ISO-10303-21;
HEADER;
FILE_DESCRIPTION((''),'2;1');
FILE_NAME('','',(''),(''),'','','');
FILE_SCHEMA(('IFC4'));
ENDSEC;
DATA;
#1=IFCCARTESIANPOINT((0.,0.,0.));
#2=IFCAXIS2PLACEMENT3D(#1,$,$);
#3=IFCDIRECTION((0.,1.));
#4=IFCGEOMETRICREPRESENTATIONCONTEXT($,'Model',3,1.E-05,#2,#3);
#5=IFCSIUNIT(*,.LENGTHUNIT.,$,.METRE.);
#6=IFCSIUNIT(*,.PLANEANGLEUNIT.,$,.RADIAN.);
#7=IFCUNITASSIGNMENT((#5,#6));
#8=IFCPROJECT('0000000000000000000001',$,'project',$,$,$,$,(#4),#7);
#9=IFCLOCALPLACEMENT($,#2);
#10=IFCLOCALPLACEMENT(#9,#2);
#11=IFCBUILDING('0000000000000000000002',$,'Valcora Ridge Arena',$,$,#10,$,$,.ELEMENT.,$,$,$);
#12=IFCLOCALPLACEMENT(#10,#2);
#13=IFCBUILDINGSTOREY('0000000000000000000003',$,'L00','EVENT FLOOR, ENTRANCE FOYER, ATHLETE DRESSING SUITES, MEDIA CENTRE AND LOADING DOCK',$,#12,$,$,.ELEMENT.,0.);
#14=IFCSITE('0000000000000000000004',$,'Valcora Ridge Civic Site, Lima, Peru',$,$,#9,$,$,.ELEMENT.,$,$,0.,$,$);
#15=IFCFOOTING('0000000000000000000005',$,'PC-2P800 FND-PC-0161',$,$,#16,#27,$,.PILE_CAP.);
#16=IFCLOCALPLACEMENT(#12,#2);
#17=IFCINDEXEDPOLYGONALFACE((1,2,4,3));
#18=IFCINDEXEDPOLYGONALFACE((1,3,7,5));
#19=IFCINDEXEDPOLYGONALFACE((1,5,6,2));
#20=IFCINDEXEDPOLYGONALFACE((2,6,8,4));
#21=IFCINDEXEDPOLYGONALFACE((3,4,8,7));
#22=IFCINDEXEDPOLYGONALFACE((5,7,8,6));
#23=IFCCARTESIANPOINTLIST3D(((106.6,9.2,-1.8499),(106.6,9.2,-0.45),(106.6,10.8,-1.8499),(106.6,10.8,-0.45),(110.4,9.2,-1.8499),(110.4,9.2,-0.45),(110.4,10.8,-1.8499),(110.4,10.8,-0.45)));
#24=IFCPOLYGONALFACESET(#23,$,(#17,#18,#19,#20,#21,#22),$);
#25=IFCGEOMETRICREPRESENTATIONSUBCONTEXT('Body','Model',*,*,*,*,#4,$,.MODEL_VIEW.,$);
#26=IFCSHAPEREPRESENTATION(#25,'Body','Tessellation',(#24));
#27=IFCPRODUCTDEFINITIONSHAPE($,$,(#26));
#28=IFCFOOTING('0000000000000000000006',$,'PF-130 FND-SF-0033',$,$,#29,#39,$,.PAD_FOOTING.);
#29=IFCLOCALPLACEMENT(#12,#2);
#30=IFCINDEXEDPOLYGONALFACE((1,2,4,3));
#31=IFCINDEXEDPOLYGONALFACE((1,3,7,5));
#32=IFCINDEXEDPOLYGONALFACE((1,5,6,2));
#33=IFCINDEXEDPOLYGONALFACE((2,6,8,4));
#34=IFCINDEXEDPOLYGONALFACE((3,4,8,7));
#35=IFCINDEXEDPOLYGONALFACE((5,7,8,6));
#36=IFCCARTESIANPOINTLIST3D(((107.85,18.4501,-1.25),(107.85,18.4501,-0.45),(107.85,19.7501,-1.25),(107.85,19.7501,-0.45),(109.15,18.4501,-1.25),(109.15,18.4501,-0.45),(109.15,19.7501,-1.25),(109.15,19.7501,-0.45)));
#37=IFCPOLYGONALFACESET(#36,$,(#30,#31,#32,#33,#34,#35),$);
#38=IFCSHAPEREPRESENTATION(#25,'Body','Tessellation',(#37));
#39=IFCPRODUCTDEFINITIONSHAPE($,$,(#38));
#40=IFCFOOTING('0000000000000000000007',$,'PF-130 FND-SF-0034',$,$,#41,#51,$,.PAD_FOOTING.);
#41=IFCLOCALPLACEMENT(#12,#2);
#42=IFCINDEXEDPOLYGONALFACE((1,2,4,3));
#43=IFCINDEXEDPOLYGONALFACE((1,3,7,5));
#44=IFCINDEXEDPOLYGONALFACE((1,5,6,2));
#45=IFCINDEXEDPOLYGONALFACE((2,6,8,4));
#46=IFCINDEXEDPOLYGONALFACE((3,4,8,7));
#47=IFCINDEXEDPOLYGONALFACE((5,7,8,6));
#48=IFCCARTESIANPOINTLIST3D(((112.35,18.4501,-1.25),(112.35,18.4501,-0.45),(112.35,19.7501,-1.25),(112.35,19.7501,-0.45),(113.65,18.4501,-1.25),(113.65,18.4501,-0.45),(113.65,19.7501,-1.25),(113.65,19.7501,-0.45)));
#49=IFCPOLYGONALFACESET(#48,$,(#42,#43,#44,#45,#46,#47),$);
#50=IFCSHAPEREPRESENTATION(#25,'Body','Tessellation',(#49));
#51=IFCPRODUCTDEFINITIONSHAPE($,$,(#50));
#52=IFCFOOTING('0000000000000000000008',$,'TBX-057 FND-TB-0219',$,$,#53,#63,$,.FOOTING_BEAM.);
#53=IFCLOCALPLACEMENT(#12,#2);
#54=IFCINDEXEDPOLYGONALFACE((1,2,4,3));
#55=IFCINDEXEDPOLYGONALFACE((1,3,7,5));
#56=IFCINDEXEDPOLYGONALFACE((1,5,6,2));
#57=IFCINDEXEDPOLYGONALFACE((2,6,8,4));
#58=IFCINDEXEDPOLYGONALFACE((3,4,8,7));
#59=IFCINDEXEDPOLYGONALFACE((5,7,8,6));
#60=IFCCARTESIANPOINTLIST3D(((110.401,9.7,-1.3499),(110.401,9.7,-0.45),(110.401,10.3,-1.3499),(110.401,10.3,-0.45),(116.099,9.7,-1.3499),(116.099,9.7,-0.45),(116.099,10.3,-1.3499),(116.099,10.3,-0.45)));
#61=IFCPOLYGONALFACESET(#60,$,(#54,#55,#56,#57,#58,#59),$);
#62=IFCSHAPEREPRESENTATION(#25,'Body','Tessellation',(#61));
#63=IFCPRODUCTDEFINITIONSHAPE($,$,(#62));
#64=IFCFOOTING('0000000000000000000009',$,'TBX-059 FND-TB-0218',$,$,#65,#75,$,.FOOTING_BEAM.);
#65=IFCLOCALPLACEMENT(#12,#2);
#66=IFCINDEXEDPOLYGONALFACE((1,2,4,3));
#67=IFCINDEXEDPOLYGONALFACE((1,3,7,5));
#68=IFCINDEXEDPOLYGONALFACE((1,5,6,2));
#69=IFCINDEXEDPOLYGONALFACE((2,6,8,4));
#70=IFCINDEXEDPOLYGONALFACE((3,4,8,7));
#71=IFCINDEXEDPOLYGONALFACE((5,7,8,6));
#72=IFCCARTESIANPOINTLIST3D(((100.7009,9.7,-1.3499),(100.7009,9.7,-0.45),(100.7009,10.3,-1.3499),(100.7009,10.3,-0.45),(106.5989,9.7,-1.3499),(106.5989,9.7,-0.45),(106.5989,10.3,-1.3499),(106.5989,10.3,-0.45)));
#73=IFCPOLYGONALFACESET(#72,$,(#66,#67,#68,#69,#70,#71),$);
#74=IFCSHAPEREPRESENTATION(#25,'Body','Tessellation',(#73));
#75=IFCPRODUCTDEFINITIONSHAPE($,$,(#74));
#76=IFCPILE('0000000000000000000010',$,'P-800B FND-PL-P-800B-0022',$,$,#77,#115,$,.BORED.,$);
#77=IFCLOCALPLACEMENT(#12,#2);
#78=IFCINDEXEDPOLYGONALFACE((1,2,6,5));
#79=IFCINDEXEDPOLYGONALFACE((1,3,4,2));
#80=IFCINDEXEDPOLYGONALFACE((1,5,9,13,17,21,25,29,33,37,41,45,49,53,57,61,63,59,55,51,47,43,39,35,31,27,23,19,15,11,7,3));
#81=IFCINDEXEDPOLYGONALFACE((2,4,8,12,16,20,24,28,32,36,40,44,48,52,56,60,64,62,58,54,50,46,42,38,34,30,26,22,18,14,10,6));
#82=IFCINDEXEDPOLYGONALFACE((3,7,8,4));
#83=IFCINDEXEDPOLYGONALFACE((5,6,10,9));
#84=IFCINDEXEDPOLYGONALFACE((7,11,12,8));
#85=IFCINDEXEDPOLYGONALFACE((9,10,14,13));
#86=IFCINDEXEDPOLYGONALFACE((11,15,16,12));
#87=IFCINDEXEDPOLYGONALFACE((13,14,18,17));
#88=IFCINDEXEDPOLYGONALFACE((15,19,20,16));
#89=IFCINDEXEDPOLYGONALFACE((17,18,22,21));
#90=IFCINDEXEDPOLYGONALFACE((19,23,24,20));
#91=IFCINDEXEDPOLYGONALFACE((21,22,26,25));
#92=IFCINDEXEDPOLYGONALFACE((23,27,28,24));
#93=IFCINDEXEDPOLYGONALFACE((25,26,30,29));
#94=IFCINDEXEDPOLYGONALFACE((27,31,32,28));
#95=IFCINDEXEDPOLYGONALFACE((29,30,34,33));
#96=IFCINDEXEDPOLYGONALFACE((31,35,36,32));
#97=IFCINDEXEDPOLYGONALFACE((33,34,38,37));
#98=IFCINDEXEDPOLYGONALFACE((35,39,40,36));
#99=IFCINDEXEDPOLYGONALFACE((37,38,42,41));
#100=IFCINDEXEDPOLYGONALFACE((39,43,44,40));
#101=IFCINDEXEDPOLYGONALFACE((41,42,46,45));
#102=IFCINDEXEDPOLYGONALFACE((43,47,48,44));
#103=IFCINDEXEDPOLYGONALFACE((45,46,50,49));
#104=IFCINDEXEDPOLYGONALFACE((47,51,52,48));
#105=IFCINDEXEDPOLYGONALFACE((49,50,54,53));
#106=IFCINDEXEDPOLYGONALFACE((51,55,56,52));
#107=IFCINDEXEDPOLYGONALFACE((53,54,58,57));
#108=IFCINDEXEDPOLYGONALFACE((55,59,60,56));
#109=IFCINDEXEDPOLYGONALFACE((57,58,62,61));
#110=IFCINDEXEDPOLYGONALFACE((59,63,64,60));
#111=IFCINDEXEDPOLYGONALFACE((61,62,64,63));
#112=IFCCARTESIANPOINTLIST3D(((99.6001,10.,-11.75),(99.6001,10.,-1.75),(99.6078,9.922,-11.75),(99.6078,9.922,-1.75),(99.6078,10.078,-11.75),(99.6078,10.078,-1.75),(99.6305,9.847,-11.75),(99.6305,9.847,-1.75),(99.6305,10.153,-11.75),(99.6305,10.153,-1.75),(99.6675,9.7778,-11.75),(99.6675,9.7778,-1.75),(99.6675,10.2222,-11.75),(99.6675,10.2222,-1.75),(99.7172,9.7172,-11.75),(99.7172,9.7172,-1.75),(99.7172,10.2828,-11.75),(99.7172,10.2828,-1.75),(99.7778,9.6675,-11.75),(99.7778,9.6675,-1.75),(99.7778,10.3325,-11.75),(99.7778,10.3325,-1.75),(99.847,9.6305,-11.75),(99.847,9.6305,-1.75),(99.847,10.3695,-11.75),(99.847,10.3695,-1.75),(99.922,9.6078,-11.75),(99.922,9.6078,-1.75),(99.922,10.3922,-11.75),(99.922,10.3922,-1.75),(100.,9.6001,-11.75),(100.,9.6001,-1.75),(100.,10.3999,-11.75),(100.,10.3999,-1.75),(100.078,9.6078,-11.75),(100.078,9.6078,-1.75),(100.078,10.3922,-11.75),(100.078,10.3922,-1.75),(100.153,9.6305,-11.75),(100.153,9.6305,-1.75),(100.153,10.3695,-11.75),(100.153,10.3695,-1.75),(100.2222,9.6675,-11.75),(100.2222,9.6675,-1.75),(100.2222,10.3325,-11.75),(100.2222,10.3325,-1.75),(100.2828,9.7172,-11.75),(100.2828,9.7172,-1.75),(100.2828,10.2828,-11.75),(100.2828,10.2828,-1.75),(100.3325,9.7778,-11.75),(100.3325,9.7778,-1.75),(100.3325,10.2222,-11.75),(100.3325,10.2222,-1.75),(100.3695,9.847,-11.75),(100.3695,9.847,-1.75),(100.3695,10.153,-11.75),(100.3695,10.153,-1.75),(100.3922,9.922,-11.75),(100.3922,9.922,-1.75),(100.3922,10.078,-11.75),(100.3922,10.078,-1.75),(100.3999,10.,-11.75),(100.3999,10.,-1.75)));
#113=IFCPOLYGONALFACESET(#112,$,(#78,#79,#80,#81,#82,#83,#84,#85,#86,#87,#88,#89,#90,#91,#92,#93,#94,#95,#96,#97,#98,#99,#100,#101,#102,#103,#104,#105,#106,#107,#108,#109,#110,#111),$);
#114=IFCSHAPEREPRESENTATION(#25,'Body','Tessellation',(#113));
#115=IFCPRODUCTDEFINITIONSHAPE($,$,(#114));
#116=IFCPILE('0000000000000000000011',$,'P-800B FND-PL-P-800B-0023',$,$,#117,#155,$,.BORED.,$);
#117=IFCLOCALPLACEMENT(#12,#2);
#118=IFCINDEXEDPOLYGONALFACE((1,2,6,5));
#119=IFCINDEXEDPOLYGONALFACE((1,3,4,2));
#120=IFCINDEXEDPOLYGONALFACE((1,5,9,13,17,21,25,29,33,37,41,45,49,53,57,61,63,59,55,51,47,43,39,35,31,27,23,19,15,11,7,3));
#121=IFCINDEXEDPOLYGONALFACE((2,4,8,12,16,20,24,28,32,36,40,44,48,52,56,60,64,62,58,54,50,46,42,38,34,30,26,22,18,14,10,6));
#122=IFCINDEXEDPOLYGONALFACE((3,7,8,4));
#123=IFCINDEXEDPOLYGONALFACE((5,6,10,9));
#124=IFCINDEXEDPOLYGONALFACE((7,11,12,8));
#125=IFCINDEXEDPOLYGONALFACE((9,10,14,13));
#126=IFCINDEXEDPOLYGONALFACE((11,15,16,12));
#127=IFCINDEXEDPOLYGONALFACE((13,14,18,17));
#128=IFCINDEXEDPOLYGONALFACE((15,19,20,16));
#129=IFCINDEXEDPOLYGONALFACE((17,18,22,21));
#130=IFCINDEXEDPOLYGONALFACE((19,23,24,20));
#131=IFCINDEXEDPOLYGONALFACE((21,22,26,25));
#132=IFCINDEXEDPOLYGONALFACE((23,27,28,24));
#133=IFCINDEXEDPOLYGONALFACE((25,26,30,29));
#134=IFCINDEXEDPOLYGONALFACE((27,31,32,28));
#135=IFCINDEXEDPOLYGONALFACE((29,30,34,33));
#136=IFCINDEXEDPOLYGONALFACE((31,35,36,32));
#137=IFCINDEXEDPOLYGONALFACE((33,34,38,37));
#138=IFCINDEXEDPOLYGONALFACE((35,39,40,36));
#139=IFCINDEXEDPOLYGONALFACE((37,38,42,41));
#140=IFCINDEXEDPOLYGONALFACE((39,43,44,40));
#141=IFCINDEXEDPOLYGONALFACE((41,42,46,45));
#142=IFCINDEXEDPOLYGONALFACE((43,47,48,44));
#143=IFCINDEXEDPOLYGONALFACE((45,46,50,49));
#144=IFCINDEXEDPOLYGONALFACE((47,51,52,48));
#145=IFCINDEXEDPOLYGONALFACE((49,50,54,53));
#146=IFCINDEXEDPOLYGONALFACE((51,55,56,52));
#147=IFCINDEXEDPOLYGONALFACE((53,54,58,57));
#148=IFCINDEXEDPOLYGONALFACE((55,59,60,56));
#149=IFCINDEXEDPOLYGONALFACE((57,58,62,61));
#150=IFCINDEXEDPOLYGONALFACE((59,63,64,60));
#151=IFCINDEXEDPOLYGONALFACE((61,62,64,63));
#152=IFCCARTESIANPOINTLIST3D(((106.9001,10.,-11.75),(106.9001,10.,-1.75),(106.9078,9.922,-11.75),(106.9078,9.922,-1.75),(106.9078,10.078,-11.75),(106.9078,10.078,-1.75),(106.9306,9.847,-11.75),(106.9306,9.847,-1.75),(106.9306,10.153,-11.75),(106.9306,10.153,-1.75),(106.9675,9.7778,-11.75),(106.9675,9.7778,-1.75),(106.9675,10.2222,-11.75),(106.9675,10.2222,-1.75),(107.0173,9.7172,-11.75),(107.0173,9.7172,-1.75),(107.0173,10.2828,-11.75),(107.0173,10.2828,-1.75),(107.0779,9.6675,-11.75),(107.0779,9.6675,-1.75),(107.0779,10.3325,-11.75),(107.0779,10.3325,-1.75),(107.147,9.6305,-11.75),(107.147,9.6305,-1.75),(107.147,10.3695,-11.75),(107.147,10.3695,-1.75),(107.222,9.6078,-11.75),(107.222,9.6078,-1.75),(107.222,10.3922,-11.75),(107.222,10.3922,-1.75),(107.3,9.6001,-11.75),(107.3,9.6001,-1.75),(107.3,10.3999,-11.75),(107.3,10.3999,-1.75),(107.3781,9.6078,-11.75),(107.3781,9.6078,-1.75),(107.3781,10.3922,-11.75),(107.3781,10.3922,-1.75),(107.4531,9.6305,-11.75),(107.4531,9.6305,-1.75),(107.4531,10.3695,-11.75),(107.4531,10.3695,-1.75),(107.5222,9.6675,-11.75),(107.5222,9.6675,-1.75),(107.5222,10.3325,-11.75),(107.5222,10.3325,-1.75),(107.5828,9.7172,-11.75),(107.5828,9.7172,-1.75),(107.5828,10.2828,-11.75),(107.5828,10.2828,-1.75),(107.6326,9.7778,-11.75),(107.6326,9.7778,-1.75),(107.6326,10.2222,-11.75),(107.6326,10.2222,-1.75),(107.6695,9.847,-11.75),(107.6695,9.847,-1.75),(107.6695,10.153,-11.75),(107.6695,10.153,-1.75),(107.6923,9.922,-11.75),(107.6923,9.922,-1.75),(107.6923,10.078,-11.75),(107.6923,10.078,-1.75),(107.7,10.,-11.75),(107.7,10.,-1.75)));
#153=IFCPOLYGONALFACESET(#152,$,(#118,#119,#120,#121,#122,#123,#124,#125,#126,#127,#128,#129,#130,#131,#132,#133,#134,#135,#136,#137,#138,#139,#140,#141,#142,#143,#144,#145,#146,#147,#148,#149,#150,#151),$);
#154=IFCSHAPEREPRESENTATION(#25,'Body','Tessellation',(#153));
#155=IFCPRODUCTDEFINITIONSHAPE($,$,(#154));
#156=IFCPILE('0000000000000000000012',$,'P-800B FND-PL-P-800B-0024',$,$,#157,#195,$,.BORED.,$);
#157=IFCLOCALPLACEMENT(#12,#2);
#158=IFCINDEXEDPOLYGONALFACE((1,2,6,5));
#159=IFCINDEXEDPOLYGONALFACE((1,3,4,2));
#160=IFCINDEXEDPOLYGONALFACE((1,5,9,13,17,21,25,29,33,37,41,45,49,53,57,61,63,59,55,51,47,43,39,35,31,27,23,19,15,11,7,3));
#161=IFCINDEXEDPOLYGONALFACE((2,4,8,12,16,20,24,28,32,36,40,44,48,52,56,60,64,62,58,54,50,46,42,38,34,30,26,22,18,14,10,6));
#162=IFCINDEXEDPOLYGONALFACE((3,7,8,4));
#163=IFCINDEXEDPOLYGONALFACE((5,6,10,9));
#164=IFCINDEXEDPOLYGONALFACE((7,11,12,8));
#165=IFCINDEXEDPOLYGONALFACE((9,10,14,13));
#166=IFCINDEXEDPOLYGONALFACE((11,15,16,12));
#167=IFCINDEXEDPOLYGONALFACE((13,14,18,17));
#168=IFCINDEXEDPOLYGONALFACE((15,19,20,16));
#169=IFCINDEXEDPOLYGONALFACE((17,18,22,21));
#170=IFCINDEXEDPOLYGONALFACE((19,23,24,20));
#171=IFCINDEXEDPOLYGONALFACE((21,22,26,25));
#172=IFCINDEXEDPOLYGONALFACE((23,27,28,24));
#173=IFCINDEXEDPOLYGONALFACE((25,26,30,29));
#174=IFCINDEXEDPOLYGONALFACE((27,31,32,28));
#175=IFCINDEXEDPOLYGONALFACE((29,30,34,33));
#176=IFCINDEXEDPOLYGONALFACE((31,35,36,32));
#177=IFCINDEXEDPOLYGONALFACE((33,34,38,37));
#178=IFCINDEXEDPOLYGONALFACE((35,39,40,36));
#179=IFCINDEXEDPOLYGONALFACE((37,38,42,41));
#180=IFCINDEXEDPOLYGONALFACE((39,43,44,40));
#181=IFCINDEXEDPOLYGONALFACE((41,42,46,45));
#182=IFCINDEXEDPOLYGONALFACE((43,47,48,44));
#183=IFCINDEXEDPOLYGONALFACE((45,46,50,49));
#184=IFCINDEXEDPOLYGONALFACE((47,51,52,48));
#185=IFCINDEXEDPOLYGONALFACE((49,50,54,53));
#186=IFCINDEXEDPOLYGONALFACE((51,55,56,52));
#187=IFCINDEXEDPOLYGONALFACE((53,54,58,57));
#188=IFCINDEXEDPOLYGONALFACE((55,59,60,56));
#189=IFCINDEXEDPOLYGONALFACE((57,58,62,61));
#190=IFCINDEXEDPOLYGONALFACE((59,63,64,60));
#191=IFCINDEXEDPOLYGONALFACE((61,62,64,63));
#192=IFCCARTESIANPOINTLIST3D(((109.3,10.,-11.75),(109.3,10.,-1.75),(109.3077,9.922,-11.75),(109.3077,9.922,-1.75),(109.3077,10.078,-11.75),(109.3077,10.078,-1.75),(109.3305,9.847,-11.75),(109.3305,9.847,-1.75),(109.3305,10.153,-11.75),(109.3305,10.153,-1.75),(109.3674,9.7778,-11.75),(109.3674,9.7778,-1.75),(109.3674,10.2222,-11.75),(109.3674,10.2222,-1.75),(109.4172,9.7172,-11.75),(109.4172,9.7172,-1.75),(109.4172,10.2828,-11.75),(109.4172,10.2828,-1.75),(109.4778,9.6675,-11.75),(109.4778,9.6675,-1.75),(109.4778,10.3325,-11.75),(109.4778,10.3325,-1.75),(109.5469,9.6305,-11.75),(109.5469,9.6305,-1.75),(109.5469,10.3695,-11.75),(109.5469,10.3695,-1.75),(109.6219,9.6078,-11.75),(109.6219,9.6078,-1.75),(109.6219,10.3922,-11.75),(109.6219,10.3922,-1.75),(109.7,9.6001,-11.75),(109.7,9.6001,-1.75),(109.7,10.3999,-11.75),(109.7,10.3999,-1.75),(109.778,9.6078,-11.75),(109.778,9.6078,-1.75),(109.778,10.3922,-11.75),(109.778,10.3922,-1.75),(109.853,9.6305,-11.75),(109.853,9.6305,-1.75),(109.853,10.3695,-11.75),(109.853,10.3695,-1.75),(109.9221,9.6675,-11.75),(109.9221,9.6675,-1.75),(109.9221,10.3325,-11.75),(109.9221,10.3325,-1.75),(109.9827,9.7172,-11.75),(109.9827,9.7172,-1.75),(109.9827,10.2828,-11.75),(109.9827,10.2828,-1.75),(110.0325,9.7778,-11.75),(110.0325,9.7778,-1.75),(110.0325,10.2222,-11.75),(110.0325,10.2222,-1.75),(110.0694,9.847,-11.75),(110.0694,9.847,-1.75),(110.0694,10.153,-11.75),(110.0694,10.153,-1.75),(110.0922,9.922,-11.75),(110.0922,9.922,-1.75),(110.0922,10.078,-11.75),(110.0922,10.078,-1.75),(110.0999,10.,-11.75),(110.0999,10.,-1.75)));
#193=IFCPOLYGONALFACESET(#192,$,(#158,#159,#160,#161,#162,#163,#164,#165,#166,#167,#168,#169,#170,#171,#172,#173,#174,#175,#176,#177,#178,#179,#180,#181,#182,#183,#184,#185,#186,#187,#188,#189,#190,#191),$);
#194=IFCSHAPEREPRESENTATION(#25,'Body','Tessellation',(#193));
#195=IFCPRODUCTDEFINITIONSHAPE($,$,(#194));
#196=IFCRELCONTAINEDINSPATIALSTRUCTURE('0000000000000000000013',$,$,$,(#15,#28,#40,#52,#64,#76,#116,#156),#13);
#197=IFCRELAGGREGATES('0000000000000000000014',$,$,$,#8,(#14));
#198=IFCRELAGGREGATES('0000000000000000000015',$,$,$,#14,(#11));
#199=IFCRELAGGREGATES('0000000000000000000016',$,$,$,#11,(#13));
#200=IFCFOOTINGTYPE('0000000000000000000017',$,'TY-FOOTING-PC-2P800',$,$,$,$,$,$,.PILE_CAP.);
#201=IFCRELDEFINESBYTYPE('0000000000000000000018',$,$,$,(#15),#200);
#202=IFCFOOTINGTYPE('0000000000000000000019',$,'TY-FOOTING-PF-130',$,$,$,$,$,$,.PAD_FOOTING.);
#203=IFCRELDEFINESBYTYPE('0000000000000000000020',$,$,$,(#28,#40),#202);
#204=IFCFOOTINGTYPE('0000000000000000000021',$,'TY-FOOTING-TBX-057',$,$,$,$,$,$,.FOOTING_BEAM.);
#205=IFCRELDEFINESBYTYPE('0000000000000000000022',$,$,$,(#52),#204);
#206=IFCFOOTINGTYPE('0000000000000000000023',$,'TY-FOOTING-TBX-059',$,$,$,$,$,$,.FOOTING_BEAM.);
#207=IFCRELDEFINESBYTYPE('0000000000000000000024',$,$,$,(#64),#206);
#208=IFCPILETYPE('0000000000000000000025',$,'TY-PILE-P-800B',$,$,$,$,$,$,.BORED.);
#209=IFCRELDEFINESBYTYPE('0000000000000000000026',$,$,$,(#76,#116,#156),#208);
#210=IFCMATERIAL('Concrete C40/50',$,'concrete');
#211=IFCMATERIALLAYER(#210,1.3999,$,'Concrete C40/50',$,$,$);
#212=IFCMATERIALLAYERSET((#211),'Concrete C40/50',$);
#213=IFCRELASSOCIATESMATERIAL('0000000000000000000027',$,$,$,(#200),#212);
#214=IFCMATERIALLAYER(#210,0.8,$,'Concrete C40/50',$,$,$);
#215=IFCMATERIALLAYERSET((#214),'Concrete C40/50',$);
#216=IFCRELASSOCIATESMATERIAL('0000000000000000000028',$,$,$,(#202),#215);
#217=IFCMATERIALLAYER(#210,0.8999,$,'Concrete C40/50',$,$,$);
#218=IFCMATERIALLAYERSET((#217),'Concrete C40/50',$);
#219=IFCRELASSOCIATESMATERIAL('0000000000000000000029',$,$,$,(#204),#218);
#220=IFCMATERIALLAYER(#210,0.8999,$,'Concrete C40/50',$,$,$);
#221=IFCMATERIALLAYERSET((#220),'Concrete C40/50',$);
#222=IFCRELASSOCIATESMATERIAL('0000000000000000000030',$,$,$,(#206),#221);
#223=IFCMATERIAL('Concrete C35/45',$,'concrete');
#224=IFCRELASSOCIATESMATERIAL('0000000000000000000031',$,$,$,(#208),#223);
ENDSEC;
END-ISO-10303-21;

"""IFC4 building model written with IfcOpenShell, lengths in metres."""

from ifc_helpers import new_model, si_unit, direction, frame, origin, origin_2d, place, context, subcontext, project, spatial, rectangle, circle, extrude, material, layer, layer_set, material_profile, profile_set, type_object, element, save


model = new_model("IFC4")

# Units and contexts
model_context = context("Model", 3, precision=1e-05, world=origin(), true_north=direction((0.0, 1.0)))
body_context = subcontext(model_context, "Body", "Model", "MODEL_VIEW")
ifc_project = project(units=[si_unit("LENGTHUNIT", "METRE"), si_unit("PLANEANGLEUNIT", "RADIAN")], contexts=[model_context])

# Site, building, storey
site_placement = place(None, origin())
site = spatial("IfcSite", under=ifc_project, at=site_placement, Name="Valcora Ridge Civic Site, Lima, Peru", CompositionType="ELEMENT", RefElevation=0.0)
building_placement = place(site_placement, origin())
building = spatial("IfcBuilding", under=site, at=building_placement, Name="Valcora Ridge Arena", CompositionType="ELEMENT")
storey_placement = place(building_placement, origin())
storey = spatial("IfcBuildingStorey", under=building, at=storey_placement, Name="L00", Description="EVENT FLOOR, ENTRANCE FOYER, ATHLETE DRESSING SUITES, MEDIA CENTRE AND LOADING DOCK", CompositionType="ELEMENT", Elevation=0.0)

# Footings
ifc_material_1 = material(Name="Concrete C40/50", Category="concrete")
ifc_layer_1 = layer(ifc_material_1, 1.3999, Name="Concrete C40/50")
ifc_layer_set_1 = layer_set([ifc_layer_1], Name="Concrete C40/50")
footing_type_1 = type_object("IfcFootingType", Name="TY-FOOTING-PC-2P800", PredefinedType="PILE_CAP", material=ifc_layer_set_1)
footing_1_placement = place(storey_placement, frame((108.5, 10.0, -1.8499), z_axis=(0.0, 0.0, 1.0), x_axis=(1.0, 0.0, 0.0)))
element("IfcFooting", 1, at=footing_1_placement, inside=storey, type_object=footing_type_1, Name="PC-2P800 FND-PC-0161", PredefinedType="PILE_CAP", context=body_context, shape_type="SweptSolid", body=[
    extrude(rectangle(XDim=3.8, YDim=1.6001, at=origin_2d()), origin(), (0.0, 0.0, 1.0), 1.3999),
])
ifc_layer_2 = layer(ifc_material_1, 0.8, Name="Concrete C40/50")
ifc_layer_set_2 = layer_set([ifc_layer_2], Name="Concrete C40/50")
footing_type_2 = type_object("IfcFootingType", Name="TY-FOOTING-PF-130", PredefinedType="PAD_FOOTING", material=ifc_layer_set_2)
for number, where, z_axis, x_axis, name in (
    (2, (108.5, 19.1001, -1.25), (0.0, 0.0, 1.0), (1.0, 0.0, 0.0), "PF-130 FND-SF-0033"),
    (3, (113.0, 19.1001, -1.25), (0.0, 0.0, 1.0), (1.0, 0.0, 0.0), "PF-130 FND-SF-0034"),
):
    element("IfcFooting", number, at=place(storey_placement, frame(where, z_axis=z_axis, x_axis=x_axis)), inside=storey, type_object=footing_type_2, Name=name, PredefinedType="PAD_FOOTING", context=body_context, shape_type="SweptSolid", body=[
        extrude(rectangle(XDim=1.3, YDim=1.3, at=origin_2d()), origin(), (0.0, 0.0, 1.0), 0.8),
    ])
ifc_layer_3 = layer(ifc_material_1, 0.8999, Name="Concrete C40/50")
ifc_layer_set_3 = layer_set([ifc_layer_3], Name="Concrete C40/50")
footing_type_3 = type_object("IfcFootingType", Name="TY-FOOTING-TBX-057", PredefinedType="FOOTING_BEAM", material=ifc_layer_set_3)
footing_2_placement = place(storey_placement, frame((113.25, 10.0, -1.3499), z_axis=(0.0, 0.0, 1.0), x_axis=(1.0, 0.0, 0.0)))
element("IfcFooting", 4, at=footing_2_placement, inside=storey, type_object=footing_type_3, Name="TBX-057 FND-TB-0219", PredefinedType="FOOTING_BEAM", context=body_context, shape_type="SweptSolid", body=[
    extrude(rectangle(XDim=5.698, YDim=0.6001, at=origin_2d()), origin(), (0.0, 0.0, 1.0), 0.8999),
])
ifc_layer_4 = layer(ifc_material_1, 0.8999, Name="Concrete C40/50")
ifc_layer_set_4 = layer_set([ifc_layer_4], Name="Concrete C40/50")
footing_type_4 = type_object("IfcFootingType", Name="TY-FOOTING-TBX-059", PredefinedType="FOOTING_BEAM", material=ifc_layer_set_4)
footing_3_placement = place(storey_placement, frame((103.6499, 10.0, -1.3499), z_axis=(0.0, 0.0, 1.0), x_axis=(1.0, 0.0, 0.0)))
element("IfcFooting", 5, at=footing_3_placement, inside=storey, type_object=footing_type_4, Name="TBX-059 FND-TB-0218", PredefinedType="FOOTING_BEAM", context=body_context, shape_type="SweptSolid", body=[
    extrude(rectangle(XDim=5.8979, YDim=0.6001, at=origin_2d()), origin(), (0.0, 0.0, 1.0), 0.8999),
])

# Piles
ifc_material_2 = material(Name="Concrete C35/45", Category="concrete")
ifc_material_profile_1 = material_profile(ifc_material_2, circle(Radius=0.3999, at=origin_2d()), Name="BORED PILE D800")
ifc_profile_set_1 = profile_set([ifc_material_profile_1], Name="Concrete C35/45")
pile_type = type_object("IfcPileType", Name="TY-PILE-P-800B", PredefinedType="BORED", material=ifc_profile_set_1)
for number, where, z_axis, x_axis, name in (
    (6, (100.0, 10.0, -1.75), (0.0, 0.0, -1.0), (1.0, 0.0, 0.0), "P-800B FND-PL-P-800B-0022"),
    (7, (107.3, 10.0, -1.75), (0.0, 0.0, -1.0), (1.0, 0.0, 0.0), "P-800B FND-PL-P-800B-0023"),
    (8, (109.7, 10.0, -1.75), (0.0, 0.0, -1.0), (1.0, 0.0, 0.0), "P-800B FND-PL-P-800B-0024"),
):
    element("IfcPile", number, at=place(storey_placement, frame(where, z_axis=z_axis, x_axis=x_axis)), inside=storey, type_object=pile_type, Name=name, PredefinedType="BORED", context=body_context, shape_type="SweptSolid", body=[
        extrude(circle(Radius=0.3999, at=origin_2d()), origin(), (0.0, 0.0, 1.0), 10.0),
    ])

save(model, "model.ifc")
